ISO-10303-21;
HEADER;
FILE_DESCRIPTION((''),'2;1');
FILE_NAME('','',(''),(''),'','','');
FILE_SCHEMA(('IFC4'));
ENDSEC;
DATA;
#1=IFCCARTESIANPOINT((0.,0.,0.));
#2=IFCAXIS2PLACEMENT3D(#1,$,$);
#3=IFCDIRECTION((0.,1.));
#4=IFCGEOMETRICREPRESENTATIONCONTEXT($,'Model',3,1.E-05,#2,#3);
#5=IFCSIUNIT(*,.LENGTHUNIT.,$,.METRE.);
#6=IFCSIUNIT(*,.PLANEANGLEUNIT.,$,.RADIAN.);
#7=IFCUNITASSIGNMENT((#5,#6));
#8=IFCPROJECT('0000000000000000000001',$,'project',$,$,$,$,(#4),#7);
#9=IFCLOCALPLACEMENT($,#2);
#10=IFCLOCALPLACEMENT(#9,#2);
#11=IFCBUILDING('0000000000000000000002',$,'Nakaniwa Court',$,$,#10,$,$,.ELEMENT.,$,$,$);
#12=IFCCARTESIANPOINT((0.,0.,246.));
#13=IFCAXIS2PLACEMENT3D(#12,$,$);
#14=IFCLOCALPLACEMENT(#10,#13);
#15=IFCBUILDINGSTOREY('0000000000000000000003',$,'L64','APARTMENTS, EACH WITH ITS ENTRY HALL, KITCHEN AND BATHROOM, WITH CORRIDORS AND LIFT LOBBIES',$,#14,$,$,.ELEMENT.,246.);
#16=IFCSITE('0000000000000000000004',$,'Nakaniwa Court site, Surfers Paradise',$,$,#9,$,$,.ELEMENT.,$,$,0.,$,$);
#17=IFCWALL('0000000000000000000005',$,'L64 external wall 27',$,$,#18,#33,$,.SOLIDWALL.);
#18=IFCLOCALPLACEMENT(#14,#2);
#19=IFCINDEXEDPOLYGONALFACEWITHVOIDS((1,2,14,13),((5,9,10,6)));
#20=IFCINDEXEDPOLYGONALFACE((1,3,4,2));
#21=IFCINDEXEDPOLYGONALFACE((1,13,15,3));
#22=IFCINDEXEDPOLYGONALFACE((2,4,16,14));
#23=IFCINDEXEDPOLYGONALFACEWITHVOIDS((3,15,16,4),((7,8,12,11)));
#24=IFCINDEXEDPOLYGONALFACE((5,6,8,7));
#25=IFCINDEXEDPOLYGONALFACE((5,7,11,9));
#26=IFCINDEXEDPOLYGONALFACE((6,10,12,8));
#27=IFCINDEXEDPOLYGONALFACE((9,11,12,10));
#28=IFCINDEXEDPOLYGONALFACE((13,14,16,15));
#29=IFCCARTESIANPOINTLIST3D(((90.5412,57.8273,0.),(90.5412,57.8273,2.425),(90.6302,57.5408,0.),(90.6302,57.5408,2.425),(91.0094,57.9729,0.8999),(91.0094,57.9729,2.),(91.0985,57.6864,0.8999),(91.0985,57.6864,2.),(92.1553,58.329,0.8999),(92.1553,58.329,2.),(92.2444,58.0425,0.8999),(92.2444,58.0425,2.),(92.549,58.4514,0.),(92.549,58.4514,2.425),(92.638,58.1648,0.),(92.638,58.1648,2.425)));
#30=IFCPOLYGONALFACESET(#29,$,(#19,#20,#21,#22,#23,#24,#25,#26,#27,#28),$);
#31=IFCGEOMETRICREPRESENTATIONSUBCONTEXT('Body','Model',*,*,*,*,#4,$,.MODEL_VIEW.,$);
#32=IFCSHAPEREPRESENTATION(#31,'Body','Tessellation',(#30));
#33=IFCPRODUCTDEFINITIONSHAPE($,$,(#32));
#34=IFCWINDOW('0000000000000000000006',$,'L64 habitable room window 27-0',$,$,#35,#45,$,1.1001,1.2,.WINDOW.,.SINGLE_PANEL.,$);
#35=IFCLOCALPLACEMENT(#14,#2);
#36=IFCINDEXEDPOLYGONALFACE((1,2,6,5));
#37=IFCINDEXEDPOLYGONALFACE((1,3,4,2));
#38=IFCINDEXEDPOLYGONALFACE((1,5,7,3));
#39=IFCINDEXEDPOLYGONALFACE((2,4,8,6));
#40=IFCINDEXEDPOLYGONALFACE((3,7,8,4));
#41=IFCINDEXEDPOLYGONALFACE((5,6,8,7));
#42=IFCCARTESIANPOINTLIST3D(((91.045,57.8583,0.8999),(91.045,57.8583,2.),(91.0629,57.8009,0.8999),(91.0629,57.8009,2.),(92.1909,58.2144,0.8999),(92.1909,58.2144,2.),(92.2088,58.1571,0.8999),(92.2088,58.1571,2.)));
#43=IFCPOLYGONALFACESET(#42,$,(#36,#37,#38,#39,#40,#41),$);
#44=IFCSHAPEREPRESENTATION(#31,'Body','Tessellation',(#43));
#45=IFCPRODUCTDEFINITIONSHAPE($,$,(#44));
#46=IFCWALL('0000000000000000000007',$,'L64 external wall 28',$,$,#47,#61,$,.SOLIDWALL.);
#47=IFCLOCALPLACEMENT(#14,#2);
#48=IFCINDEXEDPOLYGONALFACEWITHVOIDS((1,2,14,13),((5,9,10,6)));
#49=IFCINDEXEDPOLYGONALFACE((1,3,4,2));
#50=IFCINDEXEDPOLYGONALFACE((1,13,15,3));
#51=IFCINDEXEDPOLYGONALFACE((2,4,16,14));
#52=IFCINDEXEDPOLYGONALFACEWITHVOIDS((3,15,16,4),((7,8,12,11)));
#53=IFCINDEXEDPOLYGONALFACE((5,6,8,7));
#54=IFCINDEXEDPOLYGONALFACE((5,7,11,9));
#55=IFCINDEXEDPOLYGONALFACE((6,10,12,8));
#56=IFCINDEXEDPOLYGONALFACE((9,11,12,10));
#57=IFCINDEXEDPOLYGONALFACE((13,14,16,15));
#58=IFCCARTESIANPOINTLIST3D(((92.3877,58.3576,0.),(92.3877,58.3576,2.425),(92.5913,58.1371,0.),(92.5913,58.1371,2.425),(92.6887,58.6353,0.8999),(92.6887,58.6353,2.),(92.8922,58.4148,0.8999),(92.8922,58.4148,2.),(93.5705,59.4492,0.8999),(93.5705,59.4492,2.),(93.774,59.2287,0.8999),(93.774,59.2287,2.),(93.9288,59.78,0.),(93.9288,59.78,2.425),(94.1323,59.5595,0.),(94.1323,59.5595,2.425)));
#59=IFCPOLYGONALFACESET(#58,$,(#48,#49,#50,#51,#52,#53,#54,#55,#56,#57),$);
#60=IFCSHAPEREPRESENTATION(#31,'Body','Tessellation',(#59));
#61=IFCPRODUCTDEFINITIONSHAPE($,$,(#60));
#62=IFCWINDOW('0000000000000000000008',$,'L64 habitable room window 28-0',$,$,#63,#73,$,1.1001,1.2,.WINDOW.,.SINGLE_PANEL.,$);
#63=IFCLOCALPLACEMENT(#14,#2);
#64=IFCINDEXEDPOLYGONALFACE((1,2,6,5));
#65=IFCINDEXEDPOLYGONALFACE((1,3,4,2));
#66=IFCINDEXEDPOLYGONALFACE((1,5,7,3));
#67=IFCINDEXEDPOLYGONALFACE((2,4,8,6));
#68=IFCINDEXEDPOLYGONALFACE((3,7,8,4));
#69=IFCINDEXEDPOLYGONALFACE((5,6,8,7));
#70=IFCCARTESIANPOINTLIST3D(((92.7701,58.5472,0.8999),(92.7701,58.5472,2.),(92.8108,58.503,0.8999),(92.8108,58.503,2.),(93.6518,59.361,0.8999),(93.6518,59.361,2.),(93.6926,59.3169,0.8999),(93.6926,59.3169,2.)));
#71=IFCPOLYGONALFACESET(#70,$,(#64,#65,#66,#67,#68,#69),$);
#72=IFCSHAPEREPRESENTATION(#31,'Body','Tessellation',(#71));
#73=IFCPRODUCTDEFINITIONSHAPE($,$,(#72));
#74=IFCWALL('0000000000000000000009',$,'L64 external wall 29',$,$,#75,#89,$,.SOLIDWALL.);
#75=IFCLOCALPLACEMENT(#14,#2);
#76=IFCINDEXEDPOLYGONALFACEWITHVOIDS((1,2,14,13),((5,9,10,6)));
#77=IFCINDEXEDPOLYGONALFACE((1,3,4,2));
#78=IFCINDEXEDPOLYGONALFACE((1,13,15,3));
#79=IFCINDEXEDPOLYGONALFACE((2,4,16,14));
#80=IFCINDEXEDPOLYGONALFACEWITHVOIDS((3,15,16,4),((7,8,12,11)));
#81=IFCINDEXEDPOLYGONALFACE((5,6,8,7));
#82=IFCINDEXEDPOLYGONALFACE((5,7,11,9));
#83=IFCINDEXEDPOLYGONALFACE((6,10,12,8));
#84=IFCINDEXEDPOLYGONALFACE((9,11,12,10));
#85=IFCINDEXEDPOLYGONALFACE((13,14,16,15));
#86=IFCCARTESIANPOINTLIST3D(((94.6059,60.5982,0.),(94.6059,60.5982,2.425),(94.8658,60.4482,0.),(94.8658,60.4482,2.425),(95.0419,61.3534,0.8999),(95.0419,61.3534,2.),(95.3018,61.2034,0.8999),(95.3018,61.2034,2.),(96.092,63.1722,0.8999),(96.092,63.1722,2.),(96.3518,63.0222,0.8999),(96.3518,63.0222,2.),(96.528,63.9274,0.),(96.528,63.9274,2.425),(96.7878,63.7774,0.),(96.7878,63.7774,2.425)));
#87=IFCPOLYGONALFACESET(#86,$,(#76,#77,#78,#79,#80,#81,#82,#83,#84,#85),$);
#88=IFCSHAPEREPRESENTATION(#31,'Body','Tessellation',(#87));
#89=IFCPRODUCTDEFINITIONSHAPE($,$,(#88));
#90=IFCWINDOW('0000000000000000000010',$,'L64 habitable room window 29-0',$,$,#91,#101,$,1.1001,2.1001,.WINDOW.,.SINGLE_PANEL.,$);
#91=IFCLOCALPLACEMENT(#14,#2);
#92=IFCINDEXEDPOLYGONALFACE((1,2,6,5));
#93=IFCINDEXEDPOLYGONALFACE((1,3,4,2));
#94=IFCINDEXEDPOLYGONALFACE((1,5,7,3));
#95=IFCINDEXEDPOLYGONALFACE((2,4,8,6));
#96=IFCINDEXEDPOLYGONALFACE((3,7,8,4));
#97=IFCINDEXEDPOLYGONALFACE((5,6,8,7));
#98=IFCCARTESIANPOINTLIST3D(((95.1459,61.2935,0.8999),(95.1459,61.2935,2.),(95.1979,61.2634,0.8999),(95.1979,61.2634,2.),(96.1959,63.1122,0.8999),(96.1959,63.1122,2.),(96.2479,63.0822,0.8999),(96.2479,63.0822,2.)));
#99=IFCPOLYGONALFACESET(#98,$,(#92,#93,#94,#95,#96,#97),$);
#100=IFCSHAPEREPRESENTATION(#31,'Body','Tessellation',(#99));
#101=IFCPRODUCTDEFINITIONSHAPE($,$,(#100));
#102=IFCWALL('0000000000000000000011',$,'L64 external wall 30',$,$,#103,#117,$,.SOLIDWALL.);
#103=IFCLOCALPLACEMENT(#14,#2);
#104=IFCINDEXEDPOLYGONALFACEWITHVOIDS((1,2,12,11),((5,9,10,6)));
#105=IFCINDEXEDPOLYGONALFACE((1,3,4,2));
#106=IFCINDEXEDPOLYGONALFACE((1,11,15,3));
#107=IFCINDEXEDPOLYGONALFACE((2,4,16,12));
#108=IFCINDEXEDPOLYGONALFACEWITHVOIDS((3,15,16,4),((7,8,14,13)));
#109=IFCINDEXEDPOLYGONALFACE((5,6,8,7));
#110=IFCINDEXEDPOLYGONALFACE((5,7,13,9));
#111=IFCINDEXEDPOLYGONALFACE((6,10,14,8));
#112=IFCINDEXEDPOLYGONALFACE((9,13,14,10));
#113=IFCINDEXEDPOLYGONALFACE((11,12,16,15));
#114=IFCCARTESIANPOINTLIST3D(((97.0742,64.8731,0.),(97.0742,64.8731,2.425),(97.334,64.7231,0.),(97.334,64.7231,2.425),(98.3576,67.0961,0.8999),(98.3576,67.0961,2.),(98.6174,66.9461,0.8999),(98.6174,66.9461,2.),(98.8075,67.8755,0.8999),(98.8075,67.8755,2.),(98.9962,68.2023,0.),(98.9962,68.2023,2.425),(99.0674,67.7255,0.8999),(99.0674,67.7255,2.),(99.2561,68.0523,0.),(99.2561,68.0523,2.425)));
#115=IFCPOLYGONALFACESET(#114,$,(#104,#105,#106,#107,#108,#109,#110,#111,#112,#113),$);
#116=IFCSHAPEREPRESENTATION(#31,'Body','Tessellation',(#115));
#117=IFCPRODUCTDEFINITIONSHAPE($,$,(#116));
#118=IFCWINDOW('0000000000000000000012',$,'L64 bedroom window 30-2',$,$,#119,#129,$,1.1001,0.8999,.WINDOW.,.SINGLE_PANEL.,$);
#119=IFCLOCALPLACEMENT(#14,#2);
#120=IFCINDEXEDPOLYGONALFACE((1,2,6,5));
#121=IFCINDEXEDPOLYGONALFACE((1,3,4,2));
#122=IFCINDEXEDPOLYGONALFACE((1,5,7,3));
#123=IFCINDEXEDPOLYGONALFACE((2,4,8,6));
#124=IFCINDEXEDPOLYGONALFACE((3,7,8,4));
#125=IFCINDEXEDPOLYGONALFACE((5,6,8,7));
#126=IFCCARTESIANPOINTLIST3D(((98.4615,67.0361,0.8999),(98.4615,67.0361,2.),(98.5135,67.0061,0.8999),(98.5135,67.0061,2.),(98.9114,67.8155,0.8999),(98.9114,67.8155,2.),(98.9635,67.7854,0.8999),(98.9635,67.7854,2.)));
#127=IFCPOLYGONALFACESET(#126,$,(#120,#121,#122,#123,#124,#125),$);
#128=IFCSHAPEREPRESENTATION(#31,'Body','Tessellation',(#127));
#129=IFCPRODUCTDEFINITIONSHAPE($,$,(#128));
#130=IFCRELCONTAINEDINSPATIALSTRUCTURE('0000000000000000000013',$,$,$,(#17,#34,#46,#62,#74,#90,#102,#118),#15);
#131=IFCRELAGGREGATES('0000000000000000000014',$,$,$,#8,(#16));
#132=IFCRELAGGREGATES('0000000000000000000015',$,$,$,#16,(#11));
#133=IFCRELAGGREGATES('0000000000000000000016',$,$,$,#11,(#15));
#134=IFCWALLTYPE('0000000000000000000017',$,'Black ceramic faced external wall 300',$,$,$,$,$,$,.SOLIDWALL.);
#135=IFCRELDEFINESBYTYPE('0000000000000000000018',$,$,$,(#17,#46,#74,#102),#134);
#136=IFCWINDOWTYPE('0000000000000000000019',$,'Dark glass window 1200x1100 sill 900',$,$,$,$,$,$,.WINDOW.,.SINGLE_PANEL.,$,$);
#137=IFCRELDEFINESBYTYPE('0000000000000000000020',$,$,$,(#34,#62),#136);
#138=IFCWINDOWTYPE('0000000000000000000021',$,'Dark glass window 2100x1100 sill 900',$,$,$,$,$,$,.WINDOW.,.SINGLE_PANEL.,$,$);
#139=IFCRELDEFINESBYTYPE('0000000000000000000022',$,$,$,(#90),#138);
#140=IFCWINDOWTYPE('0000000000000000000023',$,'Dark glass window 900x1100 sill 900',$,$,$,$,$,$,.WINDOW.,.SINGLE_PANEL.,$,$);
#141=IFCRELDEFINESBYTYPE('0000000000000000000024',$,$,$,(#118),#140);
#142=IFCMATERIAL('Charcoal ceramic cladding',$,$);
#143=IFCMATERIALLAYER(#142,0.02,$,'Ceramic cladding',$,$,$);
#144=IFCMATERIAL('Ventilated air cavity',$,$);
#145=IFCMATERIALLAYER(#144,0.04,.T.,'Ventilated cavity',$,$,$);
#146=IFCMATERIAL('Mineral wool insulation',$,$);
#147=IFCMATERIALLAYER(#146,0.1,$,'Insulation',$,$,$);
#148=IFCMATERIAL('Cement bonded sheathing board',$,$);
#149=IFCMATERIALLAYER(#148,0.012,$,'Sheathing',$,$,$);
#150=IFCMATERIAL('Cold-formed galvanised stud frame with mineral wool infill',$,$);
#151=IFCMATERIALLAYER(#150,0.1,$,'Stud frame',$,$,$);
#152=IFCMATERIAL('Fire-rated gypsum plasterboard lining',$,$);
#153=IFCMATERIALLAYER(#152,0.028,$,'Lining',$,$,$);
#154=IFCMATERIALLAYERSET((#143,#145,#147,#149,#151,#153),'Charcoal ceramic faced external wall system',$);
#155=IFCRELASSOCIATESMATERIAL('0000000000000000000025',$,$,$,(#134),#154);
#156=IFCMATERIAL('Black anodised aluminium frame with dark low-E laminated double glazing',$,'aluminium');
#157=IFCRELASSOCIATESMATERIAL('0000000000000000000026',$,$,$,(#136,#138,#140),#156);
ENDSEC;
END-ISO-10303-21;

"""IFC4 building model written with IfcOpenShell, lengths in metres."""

from ifc_helpers import new_model, si_unit, direction, frame, frame_2d, origin, place, context, subcontext, project, spatial, rectangle, extrude, material, layer, layer_set, type_object, element, fill, save


model = new_model("IFC4")

# Units and contexts
model_context = context("Model", 3, precision=1e-05, world=origin(), true_north=direction((0.0, 1.0)))
body_context = subcontext(model_context, "Body", "Model", "MODEL_VIEW")
ifc_project = project(units=[si_unit("LENGTHUNIT", "METRE"), si_unit("PLANEANGLEUNIT", "RADIAN")], contexts=[model_context])

# Site, building, storey
site_placement = place(None, origin())
site = spatial("IfcSite", under=ifc_project, at=site_placement, Name="Nakaniwa Court site, Surfers Paradise", CompositionType="ELEMENT", RefElevation=0.0)
building_placement = place(site_placement, origin())
building = spatial("IfcBuilding", under=site, at=building_placement, Name="Nakaniwa Court", CompositionType="ELEMENT")
storey_placement = place(building_placement, frame((0.0, 0.0, 246.0)))
storey = spatial("IfcBuildingStorey", under=building, at=storey_placement, Name="L64", Description="APARTMENTS, EACH WITH ITS ENTRY HALL, KITCHEN AND BATHROOM, WITH CORRIDORS AND LIFT LOBBIES", CompositionType="ELEMENT", Elevation=246.0)

# Walls, openings, windows
ifc_material_1 = material(Name="Charcoal ceramic cladding")
ifc_layer_1 = layer(ifc_material_1, 0.02, Name="Ceramic cladding")
ifc_material_2 = material(Name="Ventilated air cavity")
ifc_layer_2 = layer(ifc_material_2, 0.04, ventilated=True, Name="Ventilated cavity")
ifc_material_3 = material(Name="Mineral wool insulation")
ifc_layer_3 = layer(ifc_material_3, 0.1, Name="Insulation")
ifc_material_4 = material(Name="Cement bonded sheathing board")
ifc_layer_4 = layer(ifc_material_4, 0.012, Name="Sheathing")
ifc_material_5 = material(Name="Cold-formed galvanised stud frame with mineral wool infill")
ifc_layer_5 = layer(ifc_material_5, 0.1, Name="Stud frame")
ifc_material_6 = material(Name="Fire-rated gypsum plasterboard lining")
ifc_layer_6 = layer(ifc_material_6, 0.028, Name="Lining")
ifc_layer_set_1 = layer_set([ifc_layer_1, ifc_layer_2, ifc_layer_3, ifc_layer_4, ifc_layer_5, ifc_layer_6], Name="Charcoal ceramic faced external wall system")
wall_type_1 = type_object("IfcWallType", Name="Black ceramic faced external wall 300", PredefinedType="SOLIDWALL", material=ifc_layer_set_1)
wall_1_placement = place(storey_placement, frame((90.5857, 57.6841, 0.0), z_axis=(0.0, 0.0, 1.0), x_axis=(0.954942, 0.296794, 0.0)))
wall_1 = element("IfcWall", 1, at=wall_1_placement, inside=storey, type_object=wall_type_1, Name="L64 external wall 27", PredefinedType="SOLIDWALL", context=body_context, shape_type="SweptSolid", body=[
    extrude(rectangle(XDim=2.1025, YDim=0.3, at=frame_2d((1.0513, 0.0))), origin(), (0.0, 0.0, 1.0), 2.425),
])
opening_1_placement = place(wall_1_placement, frame((0.4902, 0.0, 0.8999)))
opening_1 = element("IfcOpeningElement", 2, at=opening_1_placement, cuts=wall_1, PredefinedType="OPENING", context=body_context, shape_type="SweptSolid", body=[
    extrude(rectangle(XDim=1.2, YDim=1.1001, at=frame_2d((0.6001, 0.55))), frame((0.0, 0.1599, 0.0), z_axis=(0.0, -1.0, 0.0), x_axis=(1.0, 0.0, 0.0)), (0.0, 0.0, 1.0), 0.3201),
])
ifc_material_7 = material(Name="Black anodised aluminium frame with dark low-E laminated double glazing", Category="aluminium")
window_type_1 = type_object("IfcWindowType", Name="Dark glass window 1200x1100 sill 900", PartitioningType="SINGLE_PANEL", PredefinedType="WINDOW", material=ifc_material_7)
window_1_placement = place(opening_1_placement, origin())
window_1 = element("IfcWindow", 3, at=window_1_placement, inside=storey, type_object=window_type_1, Name="L64 habitable room window 27-0", OverallHeight=1.1001, OverallWidth=1.2, PartitioningType="SINGLE_PANEL", PredefinedType="WINDOW", context=body_context, shape_type="SweptSolid", body=[
    extrude(rectangle(XDim=1.2, YDim=1.1001, at=frame_2d((0.6001, 0.55))), frame((0.0, 0.03, 0.0), z_axis=(0.0, -1.0, 0.0), x_axis=(1.0, 0.0, 0.0)), (0.0, 0.0, 1.0), 0.0601),
])
fill(opening_1, window_1)
wall_2_placement = place(storey_placement, frame((92.4895, 58.2473, 0.0), z_axis=(0.0, 0.0, 1.0), x_axis=(0.73483, 0.678251, 0.0)))
wall_2 = element("IfcWall", 4, at=wall_2_placement, inside=storey, type_object=wall_type_1, Name="L64 external wall 28", PredefinedType="SOLIDWALL", context=body_context, shape_type="SweptSolid", body=[
    extrude(rectangle(XDim=2.0972, YDim=0.3, at=frame_2d((1.0486, 0.0))), origin(), (0.0, 0.0, 1.0), 2.425),
])
opening_2_placement = place(wall_2_placement, frame((0.4094, 0.0, 0.8999)))
opening_2 = element("IfcOpeningElement", 5, at=opening_2_placement, cuts=wall_2, PredefinedType="OPENING", context=body_context, shape_type="SweptSolid", body=[
    extrude(rectangle(XDim=1.2, YDim=1.1001, at=frame_2d((0.6001, 0.55))), frame((0.0, 0.1599, 0.0), z_axis=(0.0, -1.0, 0.0), x_axis=(1.0, 0.0, 0.0)), (0.0, 0.0, 1.0), 0.3201),
])
window_2_placement = place(opening_2_placement, origin())
window_2 = element("IfcWindow", 6, at=window_2_placement, inside=storey, type_object=window_type_1, Name="L64 habitable room window 28-0", OverallHeight=1.1001, OverallWidth=1.2, PartitioningType="SINGLE_PANEL", PredefinedType="WINDOW", context=body_context, shape_type="SweptSolid", body=[
    extrude(rectangle(XDim=1.2, YDim=1.1001, at=frame_2d((0.6001, 0.55))), frame((0.0, 0.03, 0.0), z_axis=(0.0, -1.0, 0.0), x_axis=(1.0, 0.0, 0.0)), (0.0, 0.0, 1.0), 0.0601),
])
fill(opening_2, window_2)
wall_3_placement = place(storey_placement, frame((94.7358, 60.5232, 0.0), z_axis=(0.0, 0.0, 1.0), x_axis=(0.499984, 0.866034, 0.0)))
wall_3 = element("IfcWall", 7, at=wall_3_placement, inside=storey, type_object=wall_type_1, Name="L64 external wall 29", PredefinedType="SOLIDWALL", context=body_context, shape_type="SweptSolid", body=[
    extrude(rectangle(XDim=3.8442, YDim=0.3, at=frame_2d((1.9221, 0.0))), origin(), (0.0, 0.0, 1.0), 2.425),
])
opening_3_placement = place(wall_3_placement, frame((0.8721, 0.0, 0.8999)))
opening_3 = element("IfcOpeningElement", 8, at=opening_3_placement, cuts=wall_3, PredefinedType="OPENING", context=body_context, shape_type="SweptSolid", body=[
    extrude(rectangle(XDim=2.1001, YDim=1.1001, at=frame_2d((1.05, 0.55))), frame((0.0, 0.1599, 0.0), z_axis=(0.0, -1.0, 0.0), x_axis=(1.0, 0.0, 0.0)), (0.0, 0.0, 1.0), 0.3201),
])
window_type_2 = type_object("IfcWindowType", Name="Dark glass window 2100x1100 sill 900", PartitioningType="SINGLE_PANEL", PredefinedType="WINDOW", material=ifc_material_7)
window_3_placement = place(opening_3_placement, origin())
window_3 = element("IfcWindow", 9, at=window_3_placement, inside=storey, type_object=window_type_2, Name="L64 habitable room window 29-0", OverallHeight=1.1001, OverallWidth=2.1001, PartitioningType="SINGLE_PANEL", PredefinedType="WINDOW", context=body_context, shape_type="SweptSolid", body=[
    extrude(rectangle(XDim=2.1001, YDim=1.1001, at=frame_2d((1.05, 0.55))), frame((0.0, 0.03, 0.0), z_axis=(0.0, -1.0, 0.0), x_axis=(1.0, 0.0, 0.0)), (0.0, 0.0, 1.0), 0.0601),
])
fill(opening_3, window_3)
wall_4_placement = place(storey_placement, frame((97.2041, 64.7981, 0.0), z_axis=(0.0, 0.0, 1.0), x_axis=(0.499984, 0.866034, 0.0)))
wall_4 = element("IfcWall", 10, at=wall_4_placement, inside=storey, type_object=wall_type_1, Name="L64 external wall 30", PredefinedType="SOLIDWALL", context=body_context, shape_type="SweptSolid", body=[
    extrude(rectangle(XDim=3.8442, YDim=0.3, at=frame_2d((1.9221, 0.0))), origin(), (0.0, 0.0, 1.0), 2.425),
])
opening_4_placement = place(wall_4_placement, frame((2.5669, 0.0, 0.8999)))
opening_4 = element("IfcOpeningElement", 11, at=opening_4_placement, cuts=wall_4, PredefinedType="OPENING", context=body_context, shape_type="SweptSolid", body=[
    extrude(rectangle(XDim=0.8999, YDim=1.1001, at=frame_2d((0.45, 0.55))), frame((0.0, 0.1599, 0.0), z_axis=(0.0, -1.0, 0.0), x_axis=(1.0, 0.0, 0.0)), (0.0, 0.0, 1.0), 0.3201),
])
window_type_3 = type_object("IfcWindowType", Name="Dark glass window 900x1100 sill 900", PartitioningType="SINGLE_PANEL", PredefinedType="WINDOW", material=ifc_material_7)
window_4_placement = place(opening_4_placement, origin())
window_4 = element("IfcWindow", 12, at=window_4_placement, inside=storey, type_object=window_type_3, Name="L64 bedroom window 30-2", OverallHeight=1.1001, OverallWidth=0.8999, PartitioningType="SINGLE_PANEL", PredefinedType="WINDOW", context=body_context, shape_type="SweptSolid", body=[
    extrude(rectangle(XDim=0.8999, YDim=1.1001, at=frame_2d((0.45, 0.55))), frame((0.0, 0.03, 0.0), z_axis=(0.0, -1.0, 0.0), x_axis=(1.0, 0.0, 0.0)), (0.0, 0.0, 1.0), 0.0601),
])
fill(opening_4, window_4)

save(model, "model.ifc")
